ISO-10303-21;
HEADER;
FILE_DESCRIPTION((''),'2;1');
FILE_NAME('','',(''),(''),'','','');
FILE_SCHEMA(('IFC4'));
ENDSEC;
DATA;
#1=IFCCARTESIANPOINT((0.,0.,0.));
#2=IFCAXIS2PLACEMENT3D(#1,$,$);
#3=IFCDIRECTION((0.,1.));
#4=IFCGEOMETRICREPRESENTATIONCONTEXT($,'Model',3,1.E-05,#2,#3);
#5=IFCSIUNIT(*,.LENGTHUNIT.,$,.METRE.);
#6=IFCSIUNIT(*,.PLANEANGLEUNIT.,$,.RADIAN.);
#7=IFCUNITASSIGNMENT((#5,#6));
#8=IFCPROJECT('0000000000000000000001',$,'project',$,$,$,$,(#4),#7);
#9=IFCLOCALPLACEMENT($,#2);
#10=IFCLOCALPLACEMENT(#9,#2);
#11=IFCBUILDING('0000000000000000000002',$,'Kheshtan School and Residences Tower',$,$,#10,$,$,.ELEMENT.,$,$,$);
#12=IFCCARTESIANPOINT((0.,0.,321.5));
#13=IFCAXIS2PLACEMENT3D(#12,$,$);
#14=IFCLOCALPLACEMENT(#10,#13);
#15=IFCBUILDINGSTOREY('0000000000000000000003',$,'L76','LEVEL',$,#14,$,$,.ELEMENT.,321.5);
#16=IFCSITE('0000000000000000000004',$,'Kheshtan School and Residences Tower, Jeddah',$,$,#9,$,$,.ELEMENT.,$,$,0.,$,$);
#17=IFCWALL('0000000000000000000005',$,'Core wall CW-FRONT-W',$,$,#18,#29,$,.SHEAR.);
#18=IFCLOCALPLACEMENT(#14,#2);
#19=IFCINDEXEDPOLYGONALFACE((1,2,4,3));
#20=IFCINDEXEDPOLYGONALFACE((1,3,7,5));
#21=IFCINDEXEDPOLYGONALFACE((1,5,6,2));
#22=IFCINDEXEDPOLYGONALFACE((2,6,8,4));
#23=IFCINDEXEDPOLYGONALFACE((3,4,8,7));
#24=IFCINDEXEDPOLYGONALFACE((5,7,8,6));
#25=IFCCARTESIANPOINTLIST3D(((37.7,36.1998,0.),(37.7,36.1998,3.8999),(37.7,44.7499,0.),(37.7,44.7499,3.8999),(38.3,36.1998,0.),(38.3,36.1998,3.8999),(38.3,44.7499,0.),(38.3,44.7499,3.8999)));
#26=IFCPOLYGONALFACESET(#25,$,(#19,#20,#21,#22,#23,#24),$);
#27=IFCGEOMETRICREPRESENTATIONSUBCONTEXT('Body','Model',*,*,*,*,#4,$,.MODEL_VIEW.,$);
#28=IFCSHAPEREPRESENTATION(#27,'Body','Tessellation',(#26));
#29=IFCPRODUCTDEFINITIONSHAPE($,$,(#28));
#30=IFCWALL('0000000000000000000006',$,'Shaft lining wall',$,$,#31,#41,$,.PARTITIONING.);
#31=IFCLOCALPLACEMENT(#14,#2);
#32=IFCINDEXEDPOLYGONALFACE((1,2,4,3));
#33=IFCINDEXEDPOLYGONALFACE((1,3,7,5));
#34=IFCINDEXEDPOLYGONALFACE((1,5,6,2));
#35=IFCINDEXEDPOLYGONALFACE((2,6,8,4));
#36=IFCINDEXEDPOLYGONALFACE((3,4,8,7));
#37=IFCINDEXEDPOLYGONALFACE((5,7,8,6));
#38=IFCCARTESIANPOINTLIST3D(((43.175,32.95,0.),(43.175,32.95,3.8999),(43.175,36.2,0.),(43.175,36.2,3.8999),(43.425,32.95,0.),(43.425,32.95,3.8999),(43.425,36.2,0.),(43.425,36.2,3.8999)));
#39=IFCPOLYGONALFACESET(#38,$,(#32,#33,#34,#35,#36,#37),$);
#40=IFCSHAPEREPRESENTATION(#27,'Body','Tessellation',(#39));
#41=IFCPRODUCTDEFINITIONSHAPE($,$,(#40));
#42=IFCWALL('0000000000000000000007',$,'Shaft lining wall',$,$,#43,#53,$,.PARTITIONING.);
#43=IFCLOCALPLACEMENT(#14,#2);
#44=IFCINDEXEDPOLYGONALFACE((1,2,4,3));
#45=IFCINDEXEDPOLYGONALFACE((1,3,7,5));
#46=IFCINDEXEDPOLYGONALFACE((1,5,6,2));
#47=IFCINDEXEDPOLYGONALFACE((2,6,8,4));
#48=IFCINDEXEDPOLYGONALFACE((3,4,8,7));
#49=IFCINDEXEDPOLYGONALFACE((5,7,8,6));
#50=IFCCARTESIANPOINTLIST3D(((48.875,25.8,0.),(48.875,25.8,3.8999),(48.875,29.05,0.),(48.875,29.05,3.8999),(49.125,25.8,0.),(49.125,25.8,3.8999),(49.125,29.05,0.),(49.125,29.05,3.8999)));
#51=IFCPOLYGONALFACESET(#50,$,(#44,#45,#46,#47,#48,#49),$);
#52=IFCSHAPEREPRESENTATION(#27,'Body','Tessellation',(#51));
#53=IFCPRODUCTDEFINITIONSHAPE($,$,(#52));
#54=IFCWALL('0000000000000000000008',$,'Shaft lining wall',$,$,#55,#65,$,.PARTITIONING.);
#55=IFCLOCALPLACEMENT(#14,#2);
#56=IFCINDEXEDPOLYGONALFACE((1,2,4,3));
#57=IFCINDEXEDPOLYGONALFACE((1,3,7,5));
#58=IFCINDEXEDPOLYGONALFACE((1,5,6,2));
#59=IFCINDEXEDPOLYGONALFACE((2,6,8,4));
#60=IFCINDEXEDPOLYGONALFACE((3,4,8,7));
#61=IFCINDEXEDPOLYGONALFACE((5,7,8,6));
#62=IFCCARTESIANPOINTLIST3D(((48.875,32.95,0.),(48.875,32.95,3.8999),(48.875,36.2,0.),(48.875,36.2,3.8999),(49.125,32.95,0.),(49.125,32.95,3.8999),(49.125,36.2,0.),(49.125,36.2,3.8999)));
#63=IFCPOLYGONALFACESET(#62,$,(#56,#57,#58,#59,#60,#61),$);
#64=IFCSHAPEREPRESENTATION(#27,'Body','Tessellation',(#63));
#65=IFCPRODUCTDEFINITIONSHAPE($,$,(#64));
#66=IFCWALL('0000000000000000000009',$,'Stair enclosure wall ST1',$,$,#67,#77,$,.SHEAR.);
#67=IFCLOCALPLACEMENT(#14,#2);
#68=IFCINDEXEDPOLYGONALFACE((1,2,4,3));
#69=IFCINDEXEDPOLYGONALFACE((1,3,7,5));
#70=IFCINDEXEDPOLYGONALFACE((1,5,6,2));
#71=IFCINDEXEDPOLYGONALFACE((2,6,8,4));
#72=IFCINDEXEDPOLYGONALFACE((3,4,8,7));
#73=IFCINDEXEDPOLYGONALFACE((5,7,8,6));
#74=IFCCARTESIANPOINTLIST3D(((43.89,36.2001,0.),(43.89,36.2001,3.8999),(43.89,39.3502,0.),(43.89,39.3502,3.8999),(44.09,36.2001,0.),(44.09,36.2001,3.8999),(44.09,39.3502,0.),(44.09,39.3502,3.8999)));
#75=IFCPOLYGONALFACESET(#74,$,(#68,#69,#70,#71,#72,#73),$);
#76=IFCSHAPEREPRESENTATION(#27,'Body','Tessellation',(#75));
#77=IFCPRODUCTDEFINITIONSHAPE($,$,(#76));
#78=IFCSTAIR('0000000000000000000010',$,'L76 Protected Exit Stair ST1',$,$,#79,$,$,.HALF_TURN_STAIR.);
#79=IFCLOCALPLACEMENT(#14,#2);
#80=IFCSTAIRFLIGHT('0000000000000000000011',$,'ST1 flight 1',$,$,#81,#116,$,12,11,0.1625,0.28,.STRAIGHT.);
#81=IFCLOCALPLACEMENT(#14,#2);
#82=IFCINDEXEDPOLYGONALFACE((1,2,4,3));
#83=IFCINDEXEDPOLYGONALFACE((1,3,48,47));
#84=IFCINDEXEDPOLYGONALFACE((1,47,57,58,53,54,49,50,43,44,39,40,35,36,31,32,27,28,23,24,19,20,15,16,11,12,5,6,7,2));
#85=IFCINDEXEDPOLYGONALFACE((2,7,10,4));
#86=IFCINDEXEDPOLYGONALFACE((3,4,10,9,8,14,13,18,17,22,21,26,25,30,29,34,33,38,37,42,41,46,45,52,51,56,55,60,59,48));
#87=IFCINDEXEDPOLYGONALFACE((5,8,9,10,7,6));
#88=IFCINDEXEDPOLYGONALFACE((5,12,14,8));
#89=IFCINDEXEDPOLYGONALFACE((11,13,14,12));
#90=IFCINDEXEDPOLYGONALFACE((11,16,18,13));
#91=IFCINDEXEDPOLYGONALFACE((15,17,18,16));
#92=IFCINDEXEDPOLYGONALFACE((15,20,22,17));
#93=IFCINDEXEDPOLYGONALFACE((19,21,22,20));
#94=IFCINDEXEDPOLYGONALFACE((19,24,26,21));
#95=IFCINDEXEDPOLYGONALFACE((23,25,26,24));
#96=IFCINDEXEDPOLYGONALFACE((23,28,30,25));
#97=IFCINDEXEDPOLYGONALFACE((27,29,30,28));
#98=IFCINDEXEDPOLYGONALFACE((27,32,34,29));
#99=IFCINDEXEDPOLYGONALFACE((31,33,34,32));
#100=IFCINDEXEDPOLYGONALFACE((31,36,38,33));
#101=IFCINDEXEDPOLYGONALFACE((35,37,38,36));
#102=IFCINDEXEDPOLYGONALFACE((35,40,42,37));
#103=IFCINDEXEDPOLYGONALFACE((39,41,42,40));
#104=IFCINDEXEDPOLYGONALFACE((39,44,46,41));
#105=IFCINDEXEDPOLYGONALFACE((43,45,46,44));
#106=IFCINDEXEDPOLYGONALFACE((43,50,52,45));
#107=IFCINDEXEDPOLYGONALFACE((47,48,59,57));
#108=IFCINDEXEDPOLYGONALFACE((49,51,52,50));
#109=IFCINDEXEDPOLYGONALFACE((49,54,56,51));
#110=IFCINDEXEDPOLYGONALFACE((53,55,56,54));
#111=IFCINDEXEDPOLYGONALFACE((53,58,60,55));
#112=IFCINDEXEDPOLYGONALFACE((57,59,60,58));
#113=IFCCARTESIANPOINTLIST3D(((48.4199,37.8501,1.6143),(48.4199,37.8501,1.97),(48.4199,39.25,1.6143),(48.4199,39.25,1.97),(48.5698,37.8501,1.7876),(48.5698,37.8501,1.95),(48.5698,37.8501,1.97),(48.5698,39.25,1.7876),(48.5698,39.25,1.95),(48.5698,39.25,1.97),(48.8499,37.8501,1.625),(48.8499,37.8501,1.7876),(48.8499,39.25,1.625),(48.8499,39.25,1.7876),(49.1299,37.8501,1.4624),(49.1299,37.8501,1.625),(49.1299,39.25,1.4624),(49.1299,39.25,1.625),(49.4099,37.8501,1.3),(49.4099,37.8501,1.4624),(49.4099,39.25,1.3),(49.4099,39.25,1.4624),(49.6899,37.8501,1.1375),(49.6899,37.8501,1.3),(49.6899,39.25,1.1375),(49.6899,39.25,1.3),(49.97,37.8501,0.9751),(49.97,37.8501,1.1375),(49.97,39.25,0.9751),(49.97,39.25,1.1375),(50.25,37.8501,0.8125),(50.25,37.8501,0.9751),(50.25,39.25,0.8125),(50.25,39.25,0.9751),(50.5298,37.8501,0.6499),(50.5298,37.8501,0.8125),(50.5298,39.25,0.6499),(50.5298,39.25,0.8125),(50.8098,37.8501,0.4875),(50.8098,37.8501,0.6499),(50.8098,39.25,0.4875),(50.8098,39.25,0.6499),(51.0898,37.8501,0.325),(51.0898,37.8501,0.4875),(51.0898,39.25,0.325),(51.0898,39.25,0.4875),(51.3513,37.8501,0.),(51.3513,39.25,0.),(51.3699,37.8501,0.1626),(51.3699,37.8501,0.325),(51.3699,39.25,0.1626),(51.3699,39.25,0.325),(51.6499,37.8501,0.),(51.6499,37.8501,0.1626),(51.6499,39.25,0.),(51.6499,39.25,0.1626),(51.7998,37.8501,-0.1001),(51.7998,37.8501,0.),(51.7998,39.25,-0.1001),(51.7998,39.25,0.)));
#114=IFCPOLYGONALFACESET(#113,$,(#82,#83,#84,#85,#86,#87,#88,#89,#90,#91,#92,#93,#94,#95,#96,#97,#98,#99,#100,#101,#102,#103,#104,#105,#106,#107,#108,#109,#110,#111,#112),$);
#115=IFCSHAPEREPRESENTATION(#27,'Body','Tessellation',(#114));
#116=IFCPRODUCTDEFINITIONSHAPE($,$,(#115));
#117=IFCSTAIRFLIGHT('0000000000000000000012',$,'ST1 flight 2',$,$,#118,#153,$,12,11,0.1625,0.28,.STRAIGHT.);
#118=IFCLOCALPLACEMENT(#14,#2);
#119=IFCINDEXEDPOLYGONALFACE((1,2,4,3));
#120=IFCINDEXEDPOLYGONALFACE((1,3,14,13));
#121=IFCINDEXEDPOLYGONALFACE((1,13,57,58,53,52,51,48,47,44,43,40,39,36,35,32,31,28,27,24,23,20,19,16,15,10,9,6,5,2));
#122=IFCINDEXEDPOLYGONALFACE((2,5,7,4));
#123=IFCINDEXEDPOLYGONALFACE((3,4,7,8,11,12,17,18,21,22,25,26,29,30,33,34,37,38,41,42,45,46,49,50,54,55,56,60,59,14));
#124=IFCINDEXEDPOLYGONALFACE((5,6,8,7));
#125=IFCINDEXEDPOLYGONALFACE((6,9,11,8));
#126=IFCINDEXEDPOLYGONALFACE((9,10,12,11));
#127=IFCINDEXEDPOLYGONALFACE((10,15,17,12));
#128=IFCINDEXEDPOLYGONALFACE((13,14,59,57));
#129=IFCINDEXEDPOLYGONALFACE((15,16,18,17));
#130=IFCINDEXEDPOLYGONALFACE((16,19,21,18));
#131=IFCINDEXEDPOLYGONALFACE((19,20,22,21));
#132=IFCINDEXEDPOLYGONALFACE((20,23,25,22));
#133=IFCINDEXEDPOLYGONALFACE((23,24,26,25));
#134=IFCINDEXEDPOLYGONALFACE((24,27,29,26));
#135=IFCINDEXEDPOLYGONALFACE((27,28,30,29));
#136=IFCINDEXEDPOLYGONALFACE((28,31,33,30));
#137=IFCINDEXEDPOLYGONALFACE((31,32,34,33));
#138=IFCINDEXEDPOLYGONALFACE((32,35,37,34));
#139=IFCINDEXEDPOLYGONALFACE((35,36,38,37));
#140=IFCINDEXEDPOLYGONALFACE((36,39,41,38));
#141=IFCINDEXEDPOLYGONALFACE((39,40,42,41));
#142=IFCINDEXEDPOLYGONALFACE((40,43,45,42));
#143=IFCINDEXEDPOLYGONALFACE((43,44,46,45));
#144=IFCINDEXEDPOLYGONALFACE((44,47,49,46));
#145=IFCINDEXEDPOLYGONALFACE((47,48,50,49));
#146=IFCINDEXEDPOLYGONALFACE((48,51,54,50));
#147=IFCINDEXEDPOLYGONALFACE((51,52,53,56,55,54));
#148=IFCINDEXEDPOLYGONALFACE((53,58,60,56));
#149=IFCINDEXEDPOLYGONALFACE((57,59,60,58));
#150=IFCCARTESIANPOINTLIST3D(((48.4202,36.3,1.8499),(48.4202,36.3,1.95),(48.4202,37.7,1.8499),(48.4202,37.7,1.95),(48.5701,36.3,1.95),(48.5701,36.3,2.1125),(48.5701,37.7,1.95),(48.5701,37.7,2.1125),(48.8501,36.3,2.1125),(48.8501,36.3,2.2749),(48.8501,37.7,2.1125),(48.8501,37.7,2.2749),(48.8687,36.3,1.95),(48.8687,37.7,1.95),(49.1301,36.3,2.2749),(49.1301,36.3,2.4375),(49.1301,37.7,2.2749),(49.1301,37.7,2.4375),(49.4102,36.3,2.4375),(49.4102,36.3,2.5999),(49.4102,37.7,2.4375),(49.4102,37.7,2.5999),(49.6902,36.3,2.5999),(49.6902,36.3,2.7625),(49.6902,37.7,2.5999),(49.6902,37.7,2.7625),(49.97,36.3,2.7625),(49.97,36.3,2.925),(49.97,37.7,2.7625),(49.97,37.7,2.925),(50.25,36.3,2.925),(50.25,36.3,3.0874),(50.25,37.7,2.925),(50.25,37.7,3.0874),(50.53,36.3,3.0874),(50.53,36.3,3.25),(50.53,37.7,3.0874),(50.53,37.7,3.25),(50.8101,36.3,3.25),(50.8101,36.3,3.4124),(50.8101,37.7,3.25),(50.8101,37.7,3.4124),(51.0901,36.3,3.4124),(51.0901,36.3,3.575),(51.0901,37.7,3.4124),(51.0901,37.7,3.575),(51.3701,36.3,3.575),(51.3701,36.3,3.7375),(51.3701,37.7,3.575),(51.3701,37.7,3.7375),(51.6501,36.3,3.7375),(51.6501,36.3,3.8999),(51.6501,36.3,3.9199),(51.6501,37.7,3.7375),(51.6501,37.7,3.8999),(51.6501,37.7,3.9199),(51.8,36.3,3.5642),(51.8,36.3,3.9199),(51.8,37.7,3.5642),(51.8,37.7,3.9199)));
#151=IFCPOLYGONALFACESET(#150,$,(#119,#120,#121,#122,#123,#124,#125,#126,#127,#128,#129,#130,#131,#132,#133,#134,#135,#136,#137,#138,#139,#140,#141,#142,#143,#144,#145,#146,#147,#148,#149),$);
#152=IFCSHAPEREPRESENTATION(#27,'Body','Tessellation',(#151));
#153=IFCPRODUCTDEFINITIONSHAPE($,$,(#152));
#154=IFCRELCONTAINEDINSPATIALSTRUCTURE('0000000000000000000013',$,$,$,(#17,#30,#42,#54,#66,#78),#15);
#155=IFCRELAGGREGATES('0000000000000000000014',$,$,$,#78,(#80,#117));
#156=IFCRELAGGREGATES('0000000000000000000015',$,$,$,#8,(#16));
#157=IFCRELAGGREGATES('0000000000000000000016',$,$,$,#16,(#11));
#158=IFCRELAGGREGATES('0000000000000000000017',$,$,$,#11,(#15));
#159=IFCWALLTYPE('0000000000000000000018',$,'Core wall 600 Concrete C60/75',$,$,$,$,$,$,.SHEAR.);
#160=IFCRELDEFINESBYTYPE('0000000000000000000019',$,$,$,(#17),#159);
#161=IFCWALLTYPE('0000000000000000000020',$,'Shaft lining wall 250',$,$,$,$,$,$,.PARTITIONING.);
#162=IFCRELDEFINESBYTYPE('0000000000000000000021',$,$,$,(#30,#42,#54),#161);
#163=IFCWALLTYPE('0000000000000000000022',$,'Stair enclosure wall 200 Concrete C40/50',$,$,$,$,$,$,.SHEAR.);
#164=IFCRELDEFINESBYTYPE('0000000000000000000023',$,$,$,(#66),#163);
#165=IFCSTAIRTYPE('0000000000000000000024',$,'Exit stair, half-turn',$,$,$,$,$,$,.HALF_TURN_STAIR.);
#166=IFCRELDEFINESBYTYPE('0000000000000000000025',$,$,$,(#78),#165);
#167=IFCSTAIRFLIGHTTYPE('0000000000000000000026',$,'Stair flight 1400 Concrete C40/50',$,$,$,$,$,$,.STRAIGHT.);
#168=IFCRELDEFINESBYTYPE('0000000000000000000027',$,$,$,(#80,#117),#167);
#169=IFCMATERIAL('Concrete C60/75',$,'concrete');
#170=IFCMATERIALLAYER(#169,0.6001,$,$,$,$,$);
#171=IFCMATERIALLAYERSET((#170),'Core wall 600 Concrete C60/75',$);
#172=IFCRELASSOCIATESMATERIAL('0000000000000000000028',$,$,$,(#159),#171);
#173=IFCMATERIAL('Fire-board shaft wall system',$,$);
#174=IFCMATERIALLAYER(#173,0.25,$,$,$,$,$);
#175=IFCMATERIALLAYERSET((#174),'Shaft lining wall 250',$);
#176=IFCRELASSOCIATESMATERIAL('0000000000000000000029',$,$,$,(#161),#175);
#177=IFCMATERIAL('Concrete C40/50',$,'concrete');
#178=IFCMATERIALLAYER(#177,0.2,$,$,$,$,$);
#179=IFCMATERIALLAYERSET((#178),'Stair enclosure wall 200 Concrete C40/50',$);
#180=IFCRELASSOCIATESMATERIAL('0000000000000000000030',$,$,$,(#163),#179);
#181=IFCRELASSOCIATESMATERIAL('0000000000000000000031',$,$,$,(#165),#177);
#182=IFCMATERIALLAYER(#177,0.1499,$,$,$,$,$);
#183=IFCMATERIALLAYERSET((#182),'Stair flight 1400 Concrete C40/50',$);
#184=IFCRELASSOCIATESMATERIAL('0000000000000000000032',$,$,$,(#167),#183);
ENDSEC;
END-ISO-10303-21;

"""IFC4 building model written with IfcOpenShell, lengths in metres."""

from ifc_helpers import new_model, si_unit, direction, frame, frame_2d, origin, place, context, subcontext, project, spatial, polyline, rectangle, outline, extrude, material, layer, layer_set, type_object, element, aggregate, save


model = new_model("IFC4")

# Units and contexts
model_context = context("Model", 3, precision=1e-05, world=origin(), true_north=direction((0.0, 1.0)))
body_context = subcontext(model_context, "Body", "Model", "MODEL_VIEW")
ifc_project = project(units=[si_unit("LENGTHUNIT", "METRE"), si_unit("PLANEANGLEUNIT", "RADIAN")], contexts=[model_context])

# Site, building, storey
site_placement = place(None, origin())
site = spatial("IfcSite", under=ifc_project, at=site_placement, Name="Kheshtan School and Residences Tower, Jeddah", CompositionType="ELEMENT", RefElevation=0.0)
building_placement = place(site_placement, origin())
building = spatial("IfcBuilding", under=site, at=building_placement, Name="Kheshtan School and Residences Tower", CompositionType="ELEMENT")
storey_placement = place(building_placement, frame((0.0, 0.0, 321.5)))
storey = spatial("IfcBuildingStorey", under=building, at=storey_placement, Name="L76", Description="LEVEL", CompositionType="ELEMENT", Elevation=321.5)

# Walls
ifc_material_1 = material(Name="Concrete C60/75", Category="concrete")
ifc_layer_1 = layer(ifc_material_1, 0.6001)
ifc_layer_set_1 = layer_set([ifc_layer_1], Name="Core wall 600 Concrete C60/75")
wall_type_1 = type_object("IfcWallType", Name="Core wall 600 Concrete C60/75", PredefinedType="SHEAR", material=ifc_layer_set_1)
wall_1_placement = place(storey_placement, frame((38.0, 36.2, 0.0), z_axis=(0.0, 0.0, 1.0), x_axis=(0.0, 1.0, 0.0)))
element("IfcWall", 1, at=wall_1_placement, inside=storey, type_object=wall_type_1, Name="Core wall CW-FRONT-W", PredefinedType="SHEAR", context=body_context, shape_type="SweptSolid", body=[
    extrude(rectangle(XDim=8.55, YDim=0.6001, at=frame_2d((4.2749, 0.0))), origin(), (0.0, 0.0, 1.0), 3.8999),
])
ifc_material_2 = material(Name="Fire-board shaft wall system")
ifc_layer_2 = layer(ifc_material_2, 0.25)
ifc_layer_set_2 = layer_set([ifc_layer_2], Name="Shaft lining wall 250")
wall_type_2 = type_object("IfcWallType", Name="Shaft lining wall 250", PredefinedType="PARTITIONING", material=ifc_layer_set_2)
for number, where, z_axis, x_axis, name in (
    (2, (43.3, 32.95, 0.0), (0.0, 0.0, 1.0), (0.0, 1.0, 0.0), "Shaft lining wall"),
    (3, (49.0, 25.8, 0.0), (0.0, 0.0, 1.0), (0.0, 1.0, 0.0), "Shaft lining wall"),
    (4, (49.0, 32.95, 0.0), (0.0, 0.0, 1.0), (0.0, 1.0, 0.0), "Shaft lining wall"),
):
    element("IfcWall", number, at=place(storey_placement, frame(where, z_axis=z_axis, x_axis=x_axis)), inside=storey, type_object=wall_type_2, Name=name, PredefinedType="PARTITIONING", context=body_context, shape_type="SweptSolid", body=[
        extrude(rectangle(XDim=3.25, YDim=0.25, at=frame_2d((1.625, 0.0))), origin(), (0.0, 0.0, 1.0), 3.8999),
    ])
ifc_material_3 = material(Name="Concrete C40/50", Category="concrete")
ifc_layer_3 = layer(ifc_material_3, 0.2)
ifc_layer_set_3 = layer_set([ifc_layer_3], Name="Stair enclosure wall 200 Concrete C40/50")
wall_type_3 = type_object("IfcWallType", Name="Stair enclosure wall 200 Concrete C40/50", PredefinedType="SHEAR", material=ifc_layer_set_3)
wall_2_placement = place(storey_placement, frame((43.99, 36.2, 0.0), z_axis=(0.0, 0.0, 1.0), x_axis=(0.0, 1.0, 0.0)))
element("IfcWall", 5, at=wall_2_placement, inside=storey, type_object=wall_type_3, Name="Stair enclosure wall ST1", PredefinedType="SHEAR", context=body_context, shape_type="SweptSolid", body=[
    extrude(rectangle(XDim=3.1501, YDim=0.2, at=frame_2d((1.5752, 0.0))), origin(), (0.0, 0.0, 1.0), 3.8999),
])

# Stair, stair flights
stair_type = type_object("IfcStairType", Name="Exit stair, half-turn", PredefinedType="HALF_TURN_STAIR", material=ifc_material_3)
stair_placement = place(storey_placement, origin())
stair = element("IfcStair", 6, at=stair_placement, inside=storey, type_object=stair_type, Name="L76 Protected Exit Stair ST1", PredefinedType="HALF_TURN_STAIR")
ifc_layer_4 = layer(ifc_material_3, 0.1499)
ifc_layer_set_4 = layer_set([ifc_layer_4], Name="Stair flight 1400 Concrete C40/50")
stair_flight_type = type_object("IfcStairFlightType", Name="Stair flight 1400 Concrete C40/50", PredefinedType="STRAIGHT", material=ifc_layer_set_4)
stair_flight_1_placement = place(storey_placement, frame((51.6499, 38.55, 0.0), z_axis=(0.0, 0.0, 1.0), x_axis=(-1.0, 0.0, 0.0)))
stair_flight_1 = element("IfcStairFlight", 7, at=stair_flight_1_placement, type_object=stair_flight_type, Name="ST1 flight 1", NumberOfRisers=12, NumberOfTreads=11, PredefinedType="STRAIGHT", RiserHeight=0.1625, TreadLength=0.28, context=body_context, shape_type="SweptSolid", body=[
    extrude(outline(polyline([(-0.1499, -0.1001), (-0.1499, 0.0), (0.0, 0.0), (0.0, 0.1626), (0.28, 0.1626), (0.28, 0.325), (0.5601, 0.325), (0.5601, 0.4875), (0.8401, 0.4875), (0.8401, 0.6499), (1.1201, 0.6499), (1.1201, 0.8125), (1.3999, 0.8125), (1.3999, 0.9751), (1.6799, 0.9751), (1.6799, 1.1375), (1.96, 1.1375), (1.96, 1.3), (2.24, 1.3), (2.24, 1.4624), (2.52, 1.4624), (2.52, 1.625), (2.8, 1.625), (2.8, 1.7876), (3.0801, 1.7876), (3.0801, 1.95), (3.0801, 1.97), (3.23, 1.97), (3.23, 1.6143), (0.2986, 0.0), (-0.1499, -0.1001)])), frame((0.0, 0.7, 0.0), z_axis=(0.0, -1.0, 0.0), x_axis=(1.0, 0.0, 0.0)), (0.0, 0.0, 1.0), 1.3999),
])
stair_flight_2_placement = place(storey_placement, frame((48.5701, 37.0, 1.95), z_axis=(0.0, 0.0, 1.0), x_axis=(1.0, 0.0, 0.0)))
stair_flight_2 = element("IfcStairFlight", 8, at=stair_flight_2_placement, type_object=stair_flight_type, Name="ST1 flight 2", NumberOfRisers=12, NumberOfTreads=11, PredefinedType="STRAIGHT", RiserHeight=0.1625, TreadLength=0.28, context=body_context, shape_type="SweptSolid", body=[
    extrude(outline(polyline([(-0.1499, -0.1001), (-0.1499, 0.0), (0.0, 0.0), (0.0, 0.1626), (0.28, 0.1626), (0.28, 0.325), (0.5601, 0.325), (0.5601, 0.4875), (0.8401, 0.4875), (0.8401, 0.6499), (1.1201, 0.6499), (1.1201, 0.8125), (1.3999, 0.8125), (1.3999, 0.9751), (1.6799, 0.9751), (1.6799, 1.1375), (1.96, 1.1375), (1.96, 1.3), (2.24, 1.3), (2.24, 1.4624), (2.52, 1.4624), (2.52, 1.625), (2.8, 1.625), (2.8, 1.7876), (3.0801, 1.7876), (3.0801, 1.95), (3.0801, 1.97), (3.23, 1.97), (3.23, 1.6143), (0.2986, 0.0), (-0.1499, -0.1001)])), frame((0.0, 0.7, 0.0), z_axis=(0.0, -1.0, 0.0), x_axis=(1.0, 0.0, 0.0)), (0.0, 0.0, 1.0), 1.3999),
])
aggregate(stair, [stair_flight_1, stair_flight_2])

save(model, "model.ifc")
